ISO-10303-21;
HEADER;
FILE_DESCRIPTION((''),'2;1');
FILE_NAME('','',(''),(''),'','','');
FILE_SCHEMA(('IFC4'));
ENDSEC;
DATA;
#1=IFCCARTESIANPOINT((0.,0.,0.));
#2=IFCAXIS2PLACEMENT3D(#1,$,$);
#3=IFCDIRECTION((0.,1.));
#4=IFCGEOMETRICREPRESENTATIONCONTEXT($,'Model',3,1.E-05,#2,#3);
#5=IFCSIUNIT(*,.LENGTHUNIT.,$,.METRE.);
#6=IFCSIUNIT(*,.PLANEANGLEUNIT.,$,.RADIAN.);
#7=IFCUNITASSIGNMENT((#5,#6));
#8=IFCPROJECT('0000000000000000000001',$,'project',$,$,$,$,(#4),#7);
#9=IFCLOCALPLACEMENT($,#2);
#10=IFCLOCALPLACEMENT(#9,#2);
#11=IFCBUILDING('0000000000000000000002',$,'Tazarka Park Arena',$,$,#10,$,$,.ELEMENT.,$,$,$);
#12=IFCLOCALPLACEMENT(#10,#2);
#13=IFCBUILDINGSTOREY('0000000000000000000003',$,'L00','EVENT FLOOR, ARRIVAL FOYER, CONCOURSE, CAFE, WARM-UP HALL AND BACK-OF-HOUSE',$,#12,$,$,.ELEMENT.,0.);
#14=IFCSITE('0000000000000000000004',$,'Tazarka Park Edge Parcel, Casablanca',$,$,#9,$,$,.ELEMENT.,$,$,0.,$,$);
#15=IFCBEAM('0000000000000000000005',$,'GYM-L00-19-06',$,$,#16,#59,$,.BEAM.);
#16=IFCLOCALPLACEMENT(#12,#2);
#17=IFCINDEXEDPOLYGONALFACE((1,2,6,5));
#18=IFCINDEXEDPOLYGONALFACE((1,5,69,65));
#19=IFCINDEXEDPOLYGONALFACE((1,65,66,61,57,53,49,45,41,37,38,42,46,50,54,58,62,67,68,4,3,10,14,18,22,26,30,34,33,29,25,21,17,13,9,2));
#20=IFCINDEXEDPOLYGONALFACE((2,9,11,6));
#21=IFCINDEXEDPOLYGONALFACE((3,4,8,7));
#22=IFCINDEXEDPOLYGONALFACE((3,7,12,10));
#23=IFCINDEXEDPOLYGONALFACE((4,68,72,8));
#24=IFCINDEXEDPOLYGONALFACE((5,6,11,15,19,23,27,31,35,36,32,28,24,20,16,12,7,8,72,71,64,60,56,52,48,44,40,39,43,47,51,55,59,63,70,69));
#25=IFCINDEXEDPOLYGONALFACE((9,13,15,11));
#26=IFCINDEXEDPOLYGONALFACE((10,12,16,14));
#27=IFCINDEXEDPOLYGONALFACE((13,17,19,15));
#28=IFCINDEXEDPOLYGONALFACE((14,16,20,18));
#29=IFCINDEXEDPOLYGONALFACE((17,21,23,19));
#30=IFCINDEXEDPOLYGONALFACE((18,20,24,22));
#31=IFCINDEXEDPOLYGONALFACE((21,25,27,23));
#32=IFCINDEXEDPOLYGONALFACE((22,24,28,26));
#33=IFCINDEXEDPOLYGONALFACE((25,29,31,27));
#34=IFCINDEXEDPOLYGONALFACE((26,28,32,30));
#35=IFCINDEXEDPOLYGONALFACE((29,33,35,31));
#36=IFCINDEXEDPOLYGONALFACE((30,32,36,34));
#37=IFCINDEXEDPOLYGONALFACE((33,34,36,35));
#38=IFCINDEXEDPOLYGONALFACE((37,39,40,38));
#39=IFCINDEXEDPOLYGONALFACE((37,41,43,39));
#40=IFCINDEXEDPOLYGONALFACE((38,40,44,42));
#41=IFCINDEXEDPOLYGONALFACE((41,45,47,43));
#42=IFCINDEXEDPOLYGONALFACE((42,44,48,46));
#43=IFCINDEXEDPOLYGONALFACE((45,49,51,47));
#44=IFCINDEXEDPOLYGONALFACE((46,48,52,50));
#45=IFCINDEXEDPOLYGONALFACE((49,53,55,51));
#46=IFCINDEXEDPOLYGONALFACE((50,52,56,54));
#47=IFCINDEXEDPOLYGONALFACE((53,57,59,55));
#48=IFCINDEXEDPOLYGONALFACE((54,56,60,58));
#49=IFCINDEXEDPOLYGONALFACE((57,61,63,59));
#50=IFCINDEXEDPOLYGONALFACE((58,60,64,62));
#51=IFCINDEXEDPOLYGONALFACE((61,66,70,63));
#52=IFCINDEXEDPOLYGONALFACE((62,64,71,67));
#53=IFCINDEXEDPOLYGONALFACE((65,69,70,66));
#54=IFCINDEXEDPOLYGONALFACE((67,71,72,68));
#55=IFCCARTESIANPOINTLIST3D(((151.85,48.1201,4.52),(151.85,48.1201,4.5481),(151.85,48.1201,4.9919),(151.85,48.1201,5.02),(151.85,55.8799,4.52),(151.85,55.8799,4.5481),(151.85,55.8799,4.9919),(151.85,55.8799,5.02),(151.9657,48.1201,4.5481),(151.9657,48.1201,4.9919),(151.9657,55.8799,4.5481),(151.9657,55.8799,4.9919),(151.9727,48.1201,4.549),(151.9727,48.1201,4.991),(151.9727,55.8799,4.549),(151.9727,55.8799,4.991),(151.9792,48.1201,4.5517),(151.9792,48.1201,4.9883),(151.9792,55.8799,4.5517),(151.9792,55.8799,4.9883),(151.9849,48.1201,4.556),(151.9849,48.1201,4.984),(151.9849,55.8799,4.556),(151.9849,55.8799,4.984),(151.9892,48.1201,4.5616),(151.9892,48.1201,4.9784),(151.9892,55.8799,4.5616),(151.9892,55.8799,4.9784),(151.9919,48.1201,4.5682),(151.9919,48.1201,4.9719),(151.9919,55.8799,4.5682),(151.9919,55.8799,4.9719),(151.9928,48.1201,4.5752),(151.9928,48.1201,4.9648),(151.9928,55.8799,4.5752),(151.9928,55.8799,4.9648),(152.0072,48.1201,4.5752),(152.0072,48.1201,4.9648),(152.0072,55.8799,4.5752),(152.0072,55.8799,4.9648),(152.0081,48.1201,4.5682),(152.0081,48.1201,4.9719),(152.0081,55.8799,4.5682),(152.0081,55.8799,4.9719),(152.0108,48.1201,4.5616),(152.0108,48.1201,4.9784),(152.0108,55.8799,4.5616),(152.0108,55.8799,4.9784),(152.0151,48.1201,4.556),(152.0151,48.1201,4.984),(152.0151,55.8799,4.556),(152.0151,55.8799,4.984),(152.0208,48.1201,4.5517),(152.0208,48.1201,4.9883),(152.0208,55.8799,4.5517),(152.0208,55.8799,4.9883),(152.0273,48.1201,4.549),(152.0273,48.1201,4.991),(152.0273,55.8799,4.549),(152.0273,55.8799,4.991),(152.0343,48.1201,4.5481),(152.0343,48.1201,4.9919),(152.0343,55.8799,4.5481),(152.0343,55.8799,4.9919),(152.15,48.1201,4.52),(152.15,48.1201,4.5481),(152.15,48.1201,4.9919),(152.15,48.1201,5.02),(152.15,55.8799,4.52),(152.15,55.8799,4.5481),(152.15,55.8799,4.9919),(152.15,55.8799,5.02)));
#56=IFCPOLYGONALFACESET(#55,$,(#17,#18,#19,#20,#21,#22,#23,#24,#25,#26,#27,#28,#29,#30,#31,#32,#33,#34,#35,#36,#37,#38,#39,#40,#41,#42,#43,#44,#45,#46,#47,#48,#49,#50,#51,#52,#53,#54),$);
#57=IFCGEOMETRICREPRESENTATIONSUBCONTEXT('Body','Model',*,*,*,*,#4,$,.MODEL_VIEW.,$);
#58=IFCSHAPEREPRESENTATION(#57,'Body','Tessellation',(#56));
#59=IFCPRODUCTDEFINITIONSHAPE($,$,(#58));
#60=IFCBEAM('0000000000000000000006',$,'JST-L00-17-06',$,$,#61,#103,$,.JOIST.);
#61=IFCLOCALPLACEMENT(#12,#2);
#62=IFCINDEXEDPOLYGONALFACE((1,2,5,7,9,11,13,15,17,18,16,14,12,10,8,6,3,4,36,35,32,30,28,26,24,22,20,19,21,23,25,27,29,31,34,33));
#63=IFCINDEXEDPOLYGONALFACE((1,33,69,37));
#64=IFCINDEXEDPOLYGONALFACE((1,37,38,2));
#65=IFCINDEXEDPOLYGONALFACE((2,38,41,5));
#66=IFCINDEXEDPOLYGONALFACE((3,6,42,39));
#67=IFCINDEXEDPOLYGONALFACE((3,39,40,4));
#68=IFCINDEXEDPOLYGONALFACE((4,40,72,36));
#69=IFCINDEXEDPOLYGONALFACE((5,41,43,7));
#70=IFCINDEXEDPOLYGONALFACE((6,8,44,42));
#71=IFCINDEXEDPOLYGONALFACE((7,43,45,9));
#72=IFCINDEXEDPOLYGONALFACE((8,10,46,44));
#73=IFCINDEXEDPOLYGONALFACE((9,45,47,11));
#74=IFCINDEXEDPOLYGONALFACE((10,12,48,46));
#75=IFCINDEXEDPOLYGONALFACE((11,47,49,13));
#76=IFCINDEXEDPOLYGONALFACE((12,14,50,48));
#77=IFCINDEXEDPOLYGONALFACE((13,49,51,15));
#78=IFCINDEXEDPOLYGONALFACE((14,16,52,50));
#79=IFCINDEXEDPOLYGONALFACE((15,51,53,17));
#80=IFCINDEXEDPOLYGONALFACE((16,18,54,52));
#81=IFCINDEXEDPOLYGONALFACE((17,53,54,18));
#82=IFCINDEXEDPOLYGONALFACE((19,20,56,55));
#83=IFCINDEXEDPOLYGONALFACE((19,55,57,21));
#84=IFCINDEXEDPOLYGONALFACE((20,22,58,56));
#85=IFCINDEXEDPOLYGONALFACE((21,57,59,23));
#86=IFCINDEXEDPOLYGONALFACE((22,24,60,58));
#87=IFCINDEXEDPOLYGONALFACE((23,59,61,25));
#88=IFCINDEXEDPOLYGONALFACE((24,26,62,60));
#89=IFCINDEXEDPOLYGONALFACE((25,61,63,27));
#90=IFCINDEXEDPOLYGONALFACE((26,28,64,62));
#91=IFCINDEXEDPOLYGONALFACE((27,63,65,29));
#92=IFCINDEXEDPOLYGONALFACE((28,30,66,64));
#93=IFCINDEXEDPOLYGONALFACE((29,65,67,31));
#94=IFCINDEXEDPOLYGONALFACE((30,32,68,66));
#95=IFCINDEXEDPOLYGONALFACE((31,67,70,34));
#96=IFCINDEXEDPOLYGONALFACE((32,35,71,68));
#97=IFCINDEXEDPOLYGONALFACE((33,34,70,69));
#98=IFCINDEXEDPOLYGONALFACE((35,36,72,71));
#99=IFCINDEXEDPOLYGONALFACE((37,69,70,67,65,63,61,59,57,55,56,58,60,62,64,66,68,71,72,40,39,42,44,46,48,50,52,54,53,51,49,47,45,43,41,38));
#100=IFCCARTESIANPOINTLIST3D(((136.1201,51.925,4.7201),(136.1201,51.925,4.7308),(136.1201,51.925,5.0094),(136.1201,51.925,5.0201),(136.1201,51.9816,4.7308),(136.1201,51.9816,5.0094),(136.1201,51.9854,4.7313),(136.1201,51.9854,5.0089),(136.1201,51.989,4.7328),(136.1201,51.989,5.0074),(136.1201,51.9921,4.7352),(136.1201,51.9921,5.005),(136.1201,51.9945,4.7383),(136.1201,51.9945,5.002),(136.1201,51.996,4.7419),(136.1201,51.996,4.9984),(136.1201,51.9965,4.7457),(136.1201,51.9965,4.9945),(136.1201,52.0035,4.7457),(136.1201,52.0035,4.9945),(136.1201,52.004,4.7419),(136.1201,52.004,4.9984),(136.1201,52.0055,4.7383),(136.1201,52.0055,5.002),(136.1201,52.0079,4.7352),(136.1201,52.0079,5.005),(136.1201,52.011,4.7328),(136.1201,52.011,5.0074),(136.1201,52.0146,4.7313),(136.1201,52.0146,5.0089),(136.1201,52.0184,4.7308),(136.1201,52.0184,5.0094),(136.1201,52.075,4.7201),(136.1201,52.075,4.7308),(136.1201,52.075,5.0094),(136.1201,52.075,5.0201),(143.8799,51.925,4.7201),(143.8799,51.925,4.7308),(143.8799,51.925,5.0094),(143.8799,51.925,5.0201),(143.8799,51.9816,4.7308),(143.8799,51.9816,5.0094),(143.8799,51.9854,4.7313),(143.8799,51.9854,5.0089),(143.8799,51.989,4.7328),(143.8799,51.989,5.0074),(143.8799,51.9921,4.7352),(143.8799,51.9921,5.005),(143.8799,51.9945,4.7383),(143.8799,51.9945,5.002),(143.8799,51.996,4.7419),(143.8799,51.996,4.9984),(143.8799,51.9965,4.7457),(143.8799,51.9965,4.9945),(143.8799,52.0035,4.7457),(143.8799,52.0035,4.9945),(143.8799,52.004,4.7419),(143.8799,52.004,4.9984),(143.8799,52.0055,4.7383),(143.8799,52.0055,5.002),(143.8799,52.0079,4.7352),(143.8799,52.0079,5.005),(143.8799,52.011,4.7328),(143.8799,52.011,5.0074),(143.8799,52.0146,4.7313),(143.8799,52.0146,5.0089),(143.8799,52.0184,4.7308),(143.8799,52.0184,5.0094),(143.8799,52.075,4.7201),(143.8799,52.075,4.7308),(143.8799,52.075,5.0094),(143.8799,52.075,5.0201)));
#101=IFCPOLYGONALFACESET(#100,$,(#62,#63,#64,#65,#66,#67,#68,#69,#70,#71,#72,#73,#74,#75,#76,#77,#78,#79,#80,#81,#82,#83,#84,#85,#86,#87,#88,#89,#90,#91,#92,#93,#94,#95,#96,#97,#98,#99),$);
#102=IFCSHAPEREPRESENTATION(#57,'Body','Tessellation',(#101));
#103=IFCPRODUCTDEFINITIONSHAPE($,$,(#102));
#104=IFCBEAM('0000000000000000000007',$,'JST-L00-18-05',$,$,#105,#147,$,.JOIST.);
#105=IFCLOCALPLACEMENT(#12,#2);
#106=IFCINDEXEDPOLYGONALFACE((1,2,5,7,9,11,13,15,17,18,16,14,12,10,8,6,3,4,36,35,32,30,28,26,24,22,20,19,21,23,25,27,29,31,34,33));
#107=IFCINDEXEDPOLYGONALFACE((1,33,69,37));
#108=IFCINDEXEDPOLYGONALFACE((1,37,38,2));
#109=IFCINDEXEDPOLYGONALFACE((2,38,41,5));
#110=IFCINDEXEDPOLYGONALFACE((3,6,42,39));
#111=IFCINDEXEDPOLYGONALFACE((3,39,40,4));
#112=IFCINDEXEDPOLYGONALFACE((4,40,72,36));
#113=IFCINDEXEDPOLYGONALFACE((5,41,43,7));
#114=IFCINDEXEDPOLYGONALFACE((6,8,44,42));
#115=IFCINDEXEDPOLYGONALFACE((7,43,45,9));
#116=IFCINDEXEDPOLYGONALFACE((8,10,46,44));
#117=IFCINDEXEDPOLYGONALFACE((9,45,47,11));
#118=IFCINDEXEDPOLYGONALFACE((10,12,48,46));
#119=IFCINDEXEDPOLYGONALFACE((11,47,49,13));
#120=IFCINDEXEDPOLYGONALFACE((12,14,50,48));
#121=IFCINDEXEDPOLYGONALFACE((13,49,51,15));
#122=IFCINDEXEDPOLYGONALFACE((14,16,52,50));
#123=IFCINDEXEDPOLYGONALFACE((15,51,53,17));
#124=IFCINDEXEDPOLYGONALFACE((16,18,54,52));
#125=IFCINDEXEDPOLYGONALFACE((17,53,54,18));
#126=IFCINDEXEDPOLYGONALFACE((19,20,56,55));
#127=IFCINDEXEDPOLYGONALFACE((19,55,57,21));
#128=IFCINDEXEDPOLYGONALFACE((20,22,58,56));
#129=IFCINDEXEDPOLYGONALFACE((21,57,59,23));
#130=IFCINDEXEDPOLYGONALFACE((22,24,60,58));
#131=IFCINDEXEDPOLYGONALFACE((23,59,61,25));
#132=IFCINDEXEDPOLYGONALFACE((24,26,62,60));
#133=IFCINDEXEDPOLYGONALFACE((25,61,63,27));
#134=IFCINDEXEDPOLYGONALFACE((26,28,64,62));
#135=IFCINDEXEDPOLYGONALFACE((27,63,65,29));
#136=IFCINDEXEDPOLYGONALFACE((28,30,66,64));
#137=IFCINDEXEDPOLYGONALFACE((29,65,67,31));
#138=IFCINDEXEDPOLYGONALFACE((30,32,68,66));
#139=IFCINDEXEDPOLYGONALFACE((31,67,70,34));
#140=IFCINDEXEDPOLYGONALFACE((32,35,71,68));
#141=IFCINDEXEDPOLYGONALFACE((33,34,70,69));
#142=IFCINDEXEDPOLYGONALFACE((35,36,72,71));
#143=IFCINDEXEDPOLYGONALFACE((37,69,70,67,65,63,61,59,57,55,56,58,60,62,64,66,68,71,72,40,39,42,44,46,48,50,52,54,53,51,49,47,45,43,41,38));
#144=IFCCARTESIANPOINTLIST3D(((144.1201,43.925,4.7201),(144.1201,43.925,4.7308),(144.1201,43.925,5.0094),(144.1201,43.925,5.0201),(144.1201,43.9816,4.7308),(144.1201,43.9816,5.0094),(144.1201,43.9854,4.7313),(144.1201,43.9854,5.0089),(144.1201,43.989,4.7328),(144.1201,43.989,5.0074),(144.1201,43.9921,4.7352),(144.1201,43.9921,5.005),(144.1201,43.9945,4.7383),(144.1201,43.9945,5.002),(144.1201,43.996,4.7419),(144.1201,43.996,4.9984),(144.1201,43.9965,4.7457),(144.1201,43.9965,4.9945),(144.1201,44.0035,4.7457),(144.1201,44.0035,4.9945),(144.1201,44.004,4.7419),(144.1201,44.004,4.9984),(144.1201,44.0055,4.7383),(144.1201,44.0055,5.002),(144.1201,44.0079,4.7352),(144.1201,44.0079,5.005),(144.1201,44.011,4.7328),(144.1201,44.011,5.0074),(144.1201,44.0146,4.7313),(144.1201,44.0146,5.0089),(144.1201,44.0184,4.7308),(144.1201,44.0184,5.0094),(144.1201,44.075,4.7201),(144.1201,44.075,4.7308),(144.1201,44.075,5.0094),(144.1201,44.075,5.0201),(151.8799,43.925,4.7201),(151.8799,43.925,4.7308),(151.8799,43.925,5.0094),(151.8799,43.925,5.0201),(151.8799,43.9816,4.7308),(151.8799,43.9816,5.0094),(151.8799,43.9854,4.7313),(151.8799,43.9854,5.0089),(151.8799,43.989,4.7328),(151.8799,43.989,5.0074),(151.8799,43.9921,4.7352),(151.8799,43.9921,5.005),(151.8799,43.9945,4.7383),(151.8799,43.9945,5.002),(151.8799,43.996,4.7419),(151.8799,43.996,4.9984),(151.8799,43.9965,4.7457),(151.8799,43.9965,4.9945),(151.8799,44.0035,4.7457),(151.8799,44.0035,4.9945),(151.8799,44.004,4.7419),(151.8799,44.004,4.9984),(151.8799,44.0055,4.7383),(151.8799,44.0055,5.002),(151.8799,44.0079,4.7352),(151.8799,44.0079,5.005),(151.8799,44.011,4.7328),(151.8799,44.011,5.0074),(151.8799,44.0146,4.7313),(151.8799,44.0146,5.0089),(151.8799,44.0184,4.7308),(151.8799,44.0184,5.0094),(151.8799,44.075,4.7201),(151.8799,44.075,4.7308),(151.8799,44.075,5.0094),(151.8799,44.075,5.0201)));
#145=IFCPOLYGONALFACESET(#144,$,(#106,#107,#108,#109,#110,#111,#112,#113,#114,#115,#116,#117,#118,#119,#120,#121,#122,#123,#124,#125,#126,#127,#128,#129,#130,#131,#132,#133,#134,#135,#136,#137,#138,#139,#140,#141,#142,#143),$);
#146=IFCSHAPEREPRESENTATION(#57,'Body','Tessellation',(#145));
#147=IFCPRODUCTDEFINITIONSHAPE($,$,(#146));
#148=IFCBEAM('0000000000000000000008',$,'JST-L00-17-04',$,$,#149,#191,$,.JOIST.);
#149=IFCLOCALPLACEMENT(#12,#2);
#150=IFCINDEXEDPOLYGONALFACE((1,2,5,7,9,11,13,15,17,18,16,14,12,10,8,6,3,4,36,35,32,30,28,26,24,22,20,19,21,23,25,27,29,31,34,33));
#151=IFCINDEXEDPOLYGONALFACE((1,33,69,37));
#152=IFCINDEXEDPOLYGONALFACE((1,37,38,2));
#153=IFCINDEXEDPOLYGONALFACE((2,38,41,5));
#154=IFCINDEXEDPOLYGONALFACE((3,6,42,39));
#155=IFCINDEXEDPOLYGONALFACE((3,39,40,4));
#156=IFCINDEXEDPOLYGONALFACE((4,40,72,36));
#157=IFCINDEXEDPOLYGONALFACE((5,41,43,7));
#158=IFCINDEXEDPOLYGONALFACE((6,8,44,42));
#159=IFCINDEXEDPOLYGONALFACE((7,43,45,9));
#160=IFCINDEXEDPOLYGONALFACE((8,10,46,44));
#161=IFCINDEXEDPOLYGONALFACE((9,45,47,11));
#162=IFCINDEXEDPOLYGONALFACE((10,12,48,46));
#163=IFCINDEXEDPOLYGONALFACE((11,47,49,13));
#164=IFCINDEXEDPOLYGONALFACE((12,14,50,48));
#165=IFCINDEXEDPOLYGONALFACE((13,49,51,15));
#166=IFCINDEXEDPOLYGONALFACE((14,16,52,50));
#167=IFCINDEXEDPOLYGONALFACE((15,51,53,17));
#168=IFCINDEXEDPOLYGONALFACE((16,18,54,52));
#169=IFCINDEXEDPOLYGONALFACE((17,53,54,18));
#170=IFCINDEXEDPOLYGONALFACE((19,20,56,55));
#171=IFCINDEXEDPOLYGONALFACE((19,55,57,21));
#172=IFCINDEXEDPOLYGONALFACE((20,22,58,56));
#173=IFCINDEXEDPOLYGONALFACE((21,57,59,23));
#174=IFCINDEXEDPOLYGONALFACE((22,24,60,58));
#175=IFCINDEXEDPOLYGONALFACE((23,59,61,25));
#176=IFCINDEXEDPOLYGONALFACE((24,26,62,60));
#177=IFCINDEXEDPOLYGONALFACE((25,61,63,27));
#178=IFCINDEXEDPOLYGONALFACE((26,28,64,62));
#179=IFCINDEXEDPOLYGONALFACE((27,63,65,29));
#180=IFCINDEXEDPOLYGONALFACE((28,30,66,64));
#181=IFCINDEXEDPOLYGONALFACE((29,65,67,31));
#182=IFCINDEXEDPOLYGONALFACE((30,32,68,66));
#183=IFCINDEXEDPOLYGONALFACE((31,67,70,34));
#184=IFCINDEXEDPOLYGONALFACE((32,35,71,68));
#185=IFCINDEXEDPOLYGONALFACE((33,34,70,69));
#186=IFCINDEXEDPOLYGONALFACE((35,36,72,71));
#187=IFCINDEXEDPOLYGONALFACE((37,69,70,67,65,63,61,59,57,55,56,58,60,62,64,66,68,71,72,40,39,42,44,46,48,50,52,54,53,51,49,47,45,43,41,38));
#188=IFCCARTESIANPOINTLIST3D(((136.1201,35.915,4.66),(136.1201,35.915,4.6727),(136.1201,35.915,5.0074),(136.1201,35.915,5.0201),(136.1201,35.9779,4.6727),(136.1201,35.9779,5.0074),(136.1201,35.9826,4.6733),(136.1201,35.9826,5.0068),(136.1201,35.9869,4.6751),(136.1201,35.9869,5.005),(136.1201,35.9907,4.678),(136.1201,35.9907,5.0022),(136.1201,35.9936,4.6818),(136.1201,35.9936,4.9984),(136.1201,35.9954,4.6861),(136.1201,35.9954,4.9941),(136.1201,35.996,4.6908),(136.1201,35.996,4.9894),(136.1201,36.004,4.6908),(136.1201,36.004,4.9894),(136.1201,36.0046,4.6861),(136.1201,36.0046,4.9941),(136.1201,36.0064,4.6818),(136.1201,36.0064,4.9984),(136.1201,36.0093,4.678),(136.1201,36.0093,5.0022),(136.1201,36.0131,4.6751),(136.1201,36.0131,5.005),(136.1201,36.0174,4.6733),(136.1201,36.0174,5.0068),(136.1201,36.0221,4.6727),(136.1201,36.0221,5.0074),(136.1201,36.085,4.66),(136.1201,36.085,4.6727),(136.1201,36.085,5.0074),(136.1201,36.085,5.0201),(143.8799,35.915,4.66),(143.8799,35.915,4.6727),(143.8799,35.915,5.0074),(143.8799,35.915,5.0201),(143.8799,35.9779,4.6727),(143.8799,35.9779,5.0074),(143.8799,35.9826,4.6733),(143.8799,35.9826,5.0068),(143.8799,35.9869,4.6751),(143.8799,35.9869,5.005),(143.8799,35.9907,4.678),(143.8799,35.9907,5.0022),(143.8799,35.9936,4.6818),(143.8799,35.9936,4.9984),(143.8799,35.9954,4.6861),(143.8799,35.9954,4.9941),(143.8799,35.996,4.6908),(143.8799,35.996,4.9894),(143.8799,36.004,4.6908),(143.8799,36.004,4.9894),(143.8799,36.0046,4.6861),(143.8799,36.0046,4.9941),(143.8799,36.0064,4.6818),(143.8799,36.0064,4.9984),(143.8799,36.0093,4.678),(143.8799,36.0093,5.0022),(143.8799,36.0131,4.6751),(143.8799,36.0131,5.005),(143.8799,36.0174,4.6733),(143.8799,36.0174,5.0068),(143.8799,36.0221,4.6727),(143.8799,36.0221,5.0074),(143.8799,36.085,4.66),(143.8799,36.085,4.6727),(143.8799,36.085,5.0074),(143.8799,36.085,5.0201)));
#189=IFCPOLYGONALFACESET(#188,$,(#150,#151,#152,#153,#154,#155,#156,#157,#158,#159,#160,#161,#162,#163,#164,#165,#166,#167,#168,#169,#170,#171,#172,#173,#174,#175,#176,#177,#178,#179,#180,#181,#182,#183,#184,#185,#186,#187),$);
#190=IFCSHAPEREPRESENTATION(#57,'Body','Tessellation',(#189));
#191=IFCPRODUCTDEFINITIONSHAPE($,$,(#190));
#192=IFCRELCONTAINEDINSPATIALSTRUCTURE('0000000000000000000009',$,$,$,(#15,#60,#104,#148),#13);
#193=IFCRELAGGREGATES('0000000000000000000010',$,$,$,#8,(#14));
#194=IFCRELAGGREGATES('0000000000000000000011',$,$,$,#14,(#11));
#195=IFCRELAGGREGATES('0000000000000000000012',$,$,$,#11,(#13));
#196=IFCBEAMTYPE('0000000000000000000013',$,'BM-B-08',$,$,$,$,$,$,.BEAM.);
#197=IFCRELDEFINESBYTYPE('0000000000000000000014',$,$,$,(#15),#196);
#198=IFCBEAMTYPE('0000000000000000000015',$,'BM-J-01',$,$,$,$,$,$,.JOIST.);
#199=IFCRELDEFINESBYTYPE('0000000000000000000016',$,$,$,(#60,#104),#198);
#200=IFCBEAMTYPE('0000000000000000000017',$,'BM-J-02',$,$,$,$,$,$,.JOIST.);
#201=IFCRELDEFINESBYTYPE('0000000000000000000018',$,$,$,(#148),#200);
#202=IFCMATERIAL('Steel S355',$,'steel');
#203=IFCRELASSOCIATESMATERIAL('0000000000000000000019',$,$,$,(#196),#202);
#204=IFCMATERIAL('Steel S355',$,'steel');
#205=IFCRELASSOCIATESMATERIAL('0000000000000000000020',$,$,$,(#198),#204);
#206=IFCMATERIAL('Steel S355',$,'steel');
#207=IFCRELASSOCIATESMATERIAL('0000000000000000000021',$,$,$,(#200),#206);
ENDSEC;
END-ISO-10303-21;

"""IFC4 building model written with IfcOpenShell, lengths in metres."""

from ifc_helpers import new_model, si_unit, direction, frame, origin, origin_2d, place, context, subcontext, project, spatial, i_section, extrude, material, material_profile, profile_set, type_object, element, save


model = new_model("IFC4")

# Units and contexts
model_context = context("Model", 3, precision=1e-05, world=origin(), true_north=direction((0.0, 1.0)))
body_context = subcontext(model_context, "Body", "Model", "MODEL_VIEW")
ifc_project = project(units=[si_unit("LENGTHUNIT", "METRE"), si_unit("PLANEANGLEUNIT", "RADIAN")], contexts=[model_context])

# Site, building, storey
site_placement = place(None, origin())
site = spatial("IfcSite", under=ifc_project, at=site_placement, Name="Tazarka Park Edge Parcel, Casablanca", CompositionType="ELEMENT", RefElevation=0.0)
building_placement = place(site_placement, origin())
building = spatial("IfcBuilding", under=site, at=building_placement, Name="Tazarka Park Arena", CompositionType="ELEMENT")
storey_placement = place(building_placement, origin())
storey = spatial("IfcBuildingStorey", under=building, at=storey_placement, Name="L00", Description="EVENT FLOOR, ARRIVAL FOYER, CONCOURSE, CAFE, WARM-UP HALL AND BACK-OF-HOUSE", CompositionType="ELEMENT", Elevation=0.0)

# Beams
ifc_material_1 = material(Name="Steel S355", Category="steel")
ifc_material_profile_1 = material_profile(ifc_material_1, i_section(OverallWidth=0.3, OverallDepth=0.5, WebThickness=0.0144, FlangeThickness=0.0281, FilletRadius=0.0271, at=origin_2d()), Name="Steel S355")
ifc_profile_set_1 = profile_set([ifc_material_profile_1], Name="Steel S355")
beam_type_1 = type_object("IfcBeamType", Name="BM-B-08", PredefinedType="BEAM", material=ifc_profile_set_1)
for number, where, z_axis, x_axis, name in (
    (1, (152.0, 48.1201, 4.77), (0.0, 1.0, 0.0), (-1.0, 0.0, 0.0), "GYM-L00-19-06"),
):
    element("IfcBeam", number, at=place(storey_placement, frame(where, z_axis=z_axis, x_axis=x_axis)), inside=storey, type_object=beam_type_1, Name=name, PredefinedType="BEAM", context=body_context, shape_type="SweptSolid", body=[
        extrude(i_section(OverallWidth=0.3, OverallDepth=0.5, WebThickness=0.0144, FlangeThickness=0.0281, FilletRadius=0.0271, at=origin_2d()), origin(), (0.0, 0.0, 1.0), 7.7598),
    ])
ifc_material_2 = material(Name="Steel S355", Category="steel")
ifc_material_profile_2 = material_profile(ifc_material_2, i_section(OverallWidth=0.1499, OverallDepth=0.3, WebThickness=0.0071, FlangeThickness=0.0107, FilletRadius=0.0149, at=origin_2d()), Name="Steel S355")
ifc_profile_set_2 = profile_set([ifc_material_profile_2], Name="Steel S355")
beam_type_2 = type_object("IfcBeamType", Name="BM-J-01", PredefinedType="JOIST", material=ifc_profile_set_2)
for number, where, z_axis, x_axis, name in (
    (2, (136.1201, 52.0, 4.8701), (1.0, 0.0, 0.0), (0.0, 1.0, 0.0), "JST-L00-17-06"),
    (3, (144.1201, 44.0, 4.8701), (1.0, 0.0, 0.0), (0.0, 1.0, 0.0), "JST-L00-18-05"),
):
    element("IfcBeam", number, at=place(storey_placement, frame(where, z_axis=z_axis, x_axis=x_axis)), inside=storey, type_object=beam_type_2, Name=name, PredefinedType="JOIST", context=body_context, shape_type="SweptSolid", body=[
        extrude(i_section(OverallWidth=0.1499, OverallDepth=0.3, WebThickness=0.0071, FlangeThickness=0.0107, FilletRadius=0.0149, at=origin_2d()), origin(), (0.0, 0.0, 1.0), 7.7598),
    ])
ifc_material_3 = material(Name="Steel S355", Category="steel")
ifc_material_profile_3 = material_profile(ifc_material_3, i_section(OverallWidth=0.1699, OverallDepth=0.3601, WebThickness=0.0081, FlangeThickness=0.0127, FilletRadius=0.0181, at=origin_2d()), Name="Steel S355")
ifc_profile_set_3 = profile_set([ifc_material_profile_3], Name="Steel S355")
beam_type_3 = type_object("IfcBeamType", Name="BM-J-02", PredefinedType="JOIST", material=ifc_profile_set_3)
for number, where, z_axis, x_axis, name in (
    (4, (136.1201, 36.0, 4.8401), (1.0, 0.0, 0.0), (0.0, 1.0, 0.0), "JST-L00-17-04"),
):
    element("IfcBeam", number, at=place(storey_placement, frame(where, z_axis=z_axis, x_axis=x_axis)), inside=storey, type_object=beam_type_3, Name=name, PredefinedType="JOIST", context=body_context, shape_type="SweptSolid", body=[
        extrude(i_section(OverallWidth=0.1699, OverallDepth=0.3601, WebThickness=0.0081, FlangeThickness=0.0127, FilletRadius=0.0181, at=origin_2d()), origin(), (0.0, 0.0, 1.0), 7.7598),
    ])

save(model, "model.ifc")
